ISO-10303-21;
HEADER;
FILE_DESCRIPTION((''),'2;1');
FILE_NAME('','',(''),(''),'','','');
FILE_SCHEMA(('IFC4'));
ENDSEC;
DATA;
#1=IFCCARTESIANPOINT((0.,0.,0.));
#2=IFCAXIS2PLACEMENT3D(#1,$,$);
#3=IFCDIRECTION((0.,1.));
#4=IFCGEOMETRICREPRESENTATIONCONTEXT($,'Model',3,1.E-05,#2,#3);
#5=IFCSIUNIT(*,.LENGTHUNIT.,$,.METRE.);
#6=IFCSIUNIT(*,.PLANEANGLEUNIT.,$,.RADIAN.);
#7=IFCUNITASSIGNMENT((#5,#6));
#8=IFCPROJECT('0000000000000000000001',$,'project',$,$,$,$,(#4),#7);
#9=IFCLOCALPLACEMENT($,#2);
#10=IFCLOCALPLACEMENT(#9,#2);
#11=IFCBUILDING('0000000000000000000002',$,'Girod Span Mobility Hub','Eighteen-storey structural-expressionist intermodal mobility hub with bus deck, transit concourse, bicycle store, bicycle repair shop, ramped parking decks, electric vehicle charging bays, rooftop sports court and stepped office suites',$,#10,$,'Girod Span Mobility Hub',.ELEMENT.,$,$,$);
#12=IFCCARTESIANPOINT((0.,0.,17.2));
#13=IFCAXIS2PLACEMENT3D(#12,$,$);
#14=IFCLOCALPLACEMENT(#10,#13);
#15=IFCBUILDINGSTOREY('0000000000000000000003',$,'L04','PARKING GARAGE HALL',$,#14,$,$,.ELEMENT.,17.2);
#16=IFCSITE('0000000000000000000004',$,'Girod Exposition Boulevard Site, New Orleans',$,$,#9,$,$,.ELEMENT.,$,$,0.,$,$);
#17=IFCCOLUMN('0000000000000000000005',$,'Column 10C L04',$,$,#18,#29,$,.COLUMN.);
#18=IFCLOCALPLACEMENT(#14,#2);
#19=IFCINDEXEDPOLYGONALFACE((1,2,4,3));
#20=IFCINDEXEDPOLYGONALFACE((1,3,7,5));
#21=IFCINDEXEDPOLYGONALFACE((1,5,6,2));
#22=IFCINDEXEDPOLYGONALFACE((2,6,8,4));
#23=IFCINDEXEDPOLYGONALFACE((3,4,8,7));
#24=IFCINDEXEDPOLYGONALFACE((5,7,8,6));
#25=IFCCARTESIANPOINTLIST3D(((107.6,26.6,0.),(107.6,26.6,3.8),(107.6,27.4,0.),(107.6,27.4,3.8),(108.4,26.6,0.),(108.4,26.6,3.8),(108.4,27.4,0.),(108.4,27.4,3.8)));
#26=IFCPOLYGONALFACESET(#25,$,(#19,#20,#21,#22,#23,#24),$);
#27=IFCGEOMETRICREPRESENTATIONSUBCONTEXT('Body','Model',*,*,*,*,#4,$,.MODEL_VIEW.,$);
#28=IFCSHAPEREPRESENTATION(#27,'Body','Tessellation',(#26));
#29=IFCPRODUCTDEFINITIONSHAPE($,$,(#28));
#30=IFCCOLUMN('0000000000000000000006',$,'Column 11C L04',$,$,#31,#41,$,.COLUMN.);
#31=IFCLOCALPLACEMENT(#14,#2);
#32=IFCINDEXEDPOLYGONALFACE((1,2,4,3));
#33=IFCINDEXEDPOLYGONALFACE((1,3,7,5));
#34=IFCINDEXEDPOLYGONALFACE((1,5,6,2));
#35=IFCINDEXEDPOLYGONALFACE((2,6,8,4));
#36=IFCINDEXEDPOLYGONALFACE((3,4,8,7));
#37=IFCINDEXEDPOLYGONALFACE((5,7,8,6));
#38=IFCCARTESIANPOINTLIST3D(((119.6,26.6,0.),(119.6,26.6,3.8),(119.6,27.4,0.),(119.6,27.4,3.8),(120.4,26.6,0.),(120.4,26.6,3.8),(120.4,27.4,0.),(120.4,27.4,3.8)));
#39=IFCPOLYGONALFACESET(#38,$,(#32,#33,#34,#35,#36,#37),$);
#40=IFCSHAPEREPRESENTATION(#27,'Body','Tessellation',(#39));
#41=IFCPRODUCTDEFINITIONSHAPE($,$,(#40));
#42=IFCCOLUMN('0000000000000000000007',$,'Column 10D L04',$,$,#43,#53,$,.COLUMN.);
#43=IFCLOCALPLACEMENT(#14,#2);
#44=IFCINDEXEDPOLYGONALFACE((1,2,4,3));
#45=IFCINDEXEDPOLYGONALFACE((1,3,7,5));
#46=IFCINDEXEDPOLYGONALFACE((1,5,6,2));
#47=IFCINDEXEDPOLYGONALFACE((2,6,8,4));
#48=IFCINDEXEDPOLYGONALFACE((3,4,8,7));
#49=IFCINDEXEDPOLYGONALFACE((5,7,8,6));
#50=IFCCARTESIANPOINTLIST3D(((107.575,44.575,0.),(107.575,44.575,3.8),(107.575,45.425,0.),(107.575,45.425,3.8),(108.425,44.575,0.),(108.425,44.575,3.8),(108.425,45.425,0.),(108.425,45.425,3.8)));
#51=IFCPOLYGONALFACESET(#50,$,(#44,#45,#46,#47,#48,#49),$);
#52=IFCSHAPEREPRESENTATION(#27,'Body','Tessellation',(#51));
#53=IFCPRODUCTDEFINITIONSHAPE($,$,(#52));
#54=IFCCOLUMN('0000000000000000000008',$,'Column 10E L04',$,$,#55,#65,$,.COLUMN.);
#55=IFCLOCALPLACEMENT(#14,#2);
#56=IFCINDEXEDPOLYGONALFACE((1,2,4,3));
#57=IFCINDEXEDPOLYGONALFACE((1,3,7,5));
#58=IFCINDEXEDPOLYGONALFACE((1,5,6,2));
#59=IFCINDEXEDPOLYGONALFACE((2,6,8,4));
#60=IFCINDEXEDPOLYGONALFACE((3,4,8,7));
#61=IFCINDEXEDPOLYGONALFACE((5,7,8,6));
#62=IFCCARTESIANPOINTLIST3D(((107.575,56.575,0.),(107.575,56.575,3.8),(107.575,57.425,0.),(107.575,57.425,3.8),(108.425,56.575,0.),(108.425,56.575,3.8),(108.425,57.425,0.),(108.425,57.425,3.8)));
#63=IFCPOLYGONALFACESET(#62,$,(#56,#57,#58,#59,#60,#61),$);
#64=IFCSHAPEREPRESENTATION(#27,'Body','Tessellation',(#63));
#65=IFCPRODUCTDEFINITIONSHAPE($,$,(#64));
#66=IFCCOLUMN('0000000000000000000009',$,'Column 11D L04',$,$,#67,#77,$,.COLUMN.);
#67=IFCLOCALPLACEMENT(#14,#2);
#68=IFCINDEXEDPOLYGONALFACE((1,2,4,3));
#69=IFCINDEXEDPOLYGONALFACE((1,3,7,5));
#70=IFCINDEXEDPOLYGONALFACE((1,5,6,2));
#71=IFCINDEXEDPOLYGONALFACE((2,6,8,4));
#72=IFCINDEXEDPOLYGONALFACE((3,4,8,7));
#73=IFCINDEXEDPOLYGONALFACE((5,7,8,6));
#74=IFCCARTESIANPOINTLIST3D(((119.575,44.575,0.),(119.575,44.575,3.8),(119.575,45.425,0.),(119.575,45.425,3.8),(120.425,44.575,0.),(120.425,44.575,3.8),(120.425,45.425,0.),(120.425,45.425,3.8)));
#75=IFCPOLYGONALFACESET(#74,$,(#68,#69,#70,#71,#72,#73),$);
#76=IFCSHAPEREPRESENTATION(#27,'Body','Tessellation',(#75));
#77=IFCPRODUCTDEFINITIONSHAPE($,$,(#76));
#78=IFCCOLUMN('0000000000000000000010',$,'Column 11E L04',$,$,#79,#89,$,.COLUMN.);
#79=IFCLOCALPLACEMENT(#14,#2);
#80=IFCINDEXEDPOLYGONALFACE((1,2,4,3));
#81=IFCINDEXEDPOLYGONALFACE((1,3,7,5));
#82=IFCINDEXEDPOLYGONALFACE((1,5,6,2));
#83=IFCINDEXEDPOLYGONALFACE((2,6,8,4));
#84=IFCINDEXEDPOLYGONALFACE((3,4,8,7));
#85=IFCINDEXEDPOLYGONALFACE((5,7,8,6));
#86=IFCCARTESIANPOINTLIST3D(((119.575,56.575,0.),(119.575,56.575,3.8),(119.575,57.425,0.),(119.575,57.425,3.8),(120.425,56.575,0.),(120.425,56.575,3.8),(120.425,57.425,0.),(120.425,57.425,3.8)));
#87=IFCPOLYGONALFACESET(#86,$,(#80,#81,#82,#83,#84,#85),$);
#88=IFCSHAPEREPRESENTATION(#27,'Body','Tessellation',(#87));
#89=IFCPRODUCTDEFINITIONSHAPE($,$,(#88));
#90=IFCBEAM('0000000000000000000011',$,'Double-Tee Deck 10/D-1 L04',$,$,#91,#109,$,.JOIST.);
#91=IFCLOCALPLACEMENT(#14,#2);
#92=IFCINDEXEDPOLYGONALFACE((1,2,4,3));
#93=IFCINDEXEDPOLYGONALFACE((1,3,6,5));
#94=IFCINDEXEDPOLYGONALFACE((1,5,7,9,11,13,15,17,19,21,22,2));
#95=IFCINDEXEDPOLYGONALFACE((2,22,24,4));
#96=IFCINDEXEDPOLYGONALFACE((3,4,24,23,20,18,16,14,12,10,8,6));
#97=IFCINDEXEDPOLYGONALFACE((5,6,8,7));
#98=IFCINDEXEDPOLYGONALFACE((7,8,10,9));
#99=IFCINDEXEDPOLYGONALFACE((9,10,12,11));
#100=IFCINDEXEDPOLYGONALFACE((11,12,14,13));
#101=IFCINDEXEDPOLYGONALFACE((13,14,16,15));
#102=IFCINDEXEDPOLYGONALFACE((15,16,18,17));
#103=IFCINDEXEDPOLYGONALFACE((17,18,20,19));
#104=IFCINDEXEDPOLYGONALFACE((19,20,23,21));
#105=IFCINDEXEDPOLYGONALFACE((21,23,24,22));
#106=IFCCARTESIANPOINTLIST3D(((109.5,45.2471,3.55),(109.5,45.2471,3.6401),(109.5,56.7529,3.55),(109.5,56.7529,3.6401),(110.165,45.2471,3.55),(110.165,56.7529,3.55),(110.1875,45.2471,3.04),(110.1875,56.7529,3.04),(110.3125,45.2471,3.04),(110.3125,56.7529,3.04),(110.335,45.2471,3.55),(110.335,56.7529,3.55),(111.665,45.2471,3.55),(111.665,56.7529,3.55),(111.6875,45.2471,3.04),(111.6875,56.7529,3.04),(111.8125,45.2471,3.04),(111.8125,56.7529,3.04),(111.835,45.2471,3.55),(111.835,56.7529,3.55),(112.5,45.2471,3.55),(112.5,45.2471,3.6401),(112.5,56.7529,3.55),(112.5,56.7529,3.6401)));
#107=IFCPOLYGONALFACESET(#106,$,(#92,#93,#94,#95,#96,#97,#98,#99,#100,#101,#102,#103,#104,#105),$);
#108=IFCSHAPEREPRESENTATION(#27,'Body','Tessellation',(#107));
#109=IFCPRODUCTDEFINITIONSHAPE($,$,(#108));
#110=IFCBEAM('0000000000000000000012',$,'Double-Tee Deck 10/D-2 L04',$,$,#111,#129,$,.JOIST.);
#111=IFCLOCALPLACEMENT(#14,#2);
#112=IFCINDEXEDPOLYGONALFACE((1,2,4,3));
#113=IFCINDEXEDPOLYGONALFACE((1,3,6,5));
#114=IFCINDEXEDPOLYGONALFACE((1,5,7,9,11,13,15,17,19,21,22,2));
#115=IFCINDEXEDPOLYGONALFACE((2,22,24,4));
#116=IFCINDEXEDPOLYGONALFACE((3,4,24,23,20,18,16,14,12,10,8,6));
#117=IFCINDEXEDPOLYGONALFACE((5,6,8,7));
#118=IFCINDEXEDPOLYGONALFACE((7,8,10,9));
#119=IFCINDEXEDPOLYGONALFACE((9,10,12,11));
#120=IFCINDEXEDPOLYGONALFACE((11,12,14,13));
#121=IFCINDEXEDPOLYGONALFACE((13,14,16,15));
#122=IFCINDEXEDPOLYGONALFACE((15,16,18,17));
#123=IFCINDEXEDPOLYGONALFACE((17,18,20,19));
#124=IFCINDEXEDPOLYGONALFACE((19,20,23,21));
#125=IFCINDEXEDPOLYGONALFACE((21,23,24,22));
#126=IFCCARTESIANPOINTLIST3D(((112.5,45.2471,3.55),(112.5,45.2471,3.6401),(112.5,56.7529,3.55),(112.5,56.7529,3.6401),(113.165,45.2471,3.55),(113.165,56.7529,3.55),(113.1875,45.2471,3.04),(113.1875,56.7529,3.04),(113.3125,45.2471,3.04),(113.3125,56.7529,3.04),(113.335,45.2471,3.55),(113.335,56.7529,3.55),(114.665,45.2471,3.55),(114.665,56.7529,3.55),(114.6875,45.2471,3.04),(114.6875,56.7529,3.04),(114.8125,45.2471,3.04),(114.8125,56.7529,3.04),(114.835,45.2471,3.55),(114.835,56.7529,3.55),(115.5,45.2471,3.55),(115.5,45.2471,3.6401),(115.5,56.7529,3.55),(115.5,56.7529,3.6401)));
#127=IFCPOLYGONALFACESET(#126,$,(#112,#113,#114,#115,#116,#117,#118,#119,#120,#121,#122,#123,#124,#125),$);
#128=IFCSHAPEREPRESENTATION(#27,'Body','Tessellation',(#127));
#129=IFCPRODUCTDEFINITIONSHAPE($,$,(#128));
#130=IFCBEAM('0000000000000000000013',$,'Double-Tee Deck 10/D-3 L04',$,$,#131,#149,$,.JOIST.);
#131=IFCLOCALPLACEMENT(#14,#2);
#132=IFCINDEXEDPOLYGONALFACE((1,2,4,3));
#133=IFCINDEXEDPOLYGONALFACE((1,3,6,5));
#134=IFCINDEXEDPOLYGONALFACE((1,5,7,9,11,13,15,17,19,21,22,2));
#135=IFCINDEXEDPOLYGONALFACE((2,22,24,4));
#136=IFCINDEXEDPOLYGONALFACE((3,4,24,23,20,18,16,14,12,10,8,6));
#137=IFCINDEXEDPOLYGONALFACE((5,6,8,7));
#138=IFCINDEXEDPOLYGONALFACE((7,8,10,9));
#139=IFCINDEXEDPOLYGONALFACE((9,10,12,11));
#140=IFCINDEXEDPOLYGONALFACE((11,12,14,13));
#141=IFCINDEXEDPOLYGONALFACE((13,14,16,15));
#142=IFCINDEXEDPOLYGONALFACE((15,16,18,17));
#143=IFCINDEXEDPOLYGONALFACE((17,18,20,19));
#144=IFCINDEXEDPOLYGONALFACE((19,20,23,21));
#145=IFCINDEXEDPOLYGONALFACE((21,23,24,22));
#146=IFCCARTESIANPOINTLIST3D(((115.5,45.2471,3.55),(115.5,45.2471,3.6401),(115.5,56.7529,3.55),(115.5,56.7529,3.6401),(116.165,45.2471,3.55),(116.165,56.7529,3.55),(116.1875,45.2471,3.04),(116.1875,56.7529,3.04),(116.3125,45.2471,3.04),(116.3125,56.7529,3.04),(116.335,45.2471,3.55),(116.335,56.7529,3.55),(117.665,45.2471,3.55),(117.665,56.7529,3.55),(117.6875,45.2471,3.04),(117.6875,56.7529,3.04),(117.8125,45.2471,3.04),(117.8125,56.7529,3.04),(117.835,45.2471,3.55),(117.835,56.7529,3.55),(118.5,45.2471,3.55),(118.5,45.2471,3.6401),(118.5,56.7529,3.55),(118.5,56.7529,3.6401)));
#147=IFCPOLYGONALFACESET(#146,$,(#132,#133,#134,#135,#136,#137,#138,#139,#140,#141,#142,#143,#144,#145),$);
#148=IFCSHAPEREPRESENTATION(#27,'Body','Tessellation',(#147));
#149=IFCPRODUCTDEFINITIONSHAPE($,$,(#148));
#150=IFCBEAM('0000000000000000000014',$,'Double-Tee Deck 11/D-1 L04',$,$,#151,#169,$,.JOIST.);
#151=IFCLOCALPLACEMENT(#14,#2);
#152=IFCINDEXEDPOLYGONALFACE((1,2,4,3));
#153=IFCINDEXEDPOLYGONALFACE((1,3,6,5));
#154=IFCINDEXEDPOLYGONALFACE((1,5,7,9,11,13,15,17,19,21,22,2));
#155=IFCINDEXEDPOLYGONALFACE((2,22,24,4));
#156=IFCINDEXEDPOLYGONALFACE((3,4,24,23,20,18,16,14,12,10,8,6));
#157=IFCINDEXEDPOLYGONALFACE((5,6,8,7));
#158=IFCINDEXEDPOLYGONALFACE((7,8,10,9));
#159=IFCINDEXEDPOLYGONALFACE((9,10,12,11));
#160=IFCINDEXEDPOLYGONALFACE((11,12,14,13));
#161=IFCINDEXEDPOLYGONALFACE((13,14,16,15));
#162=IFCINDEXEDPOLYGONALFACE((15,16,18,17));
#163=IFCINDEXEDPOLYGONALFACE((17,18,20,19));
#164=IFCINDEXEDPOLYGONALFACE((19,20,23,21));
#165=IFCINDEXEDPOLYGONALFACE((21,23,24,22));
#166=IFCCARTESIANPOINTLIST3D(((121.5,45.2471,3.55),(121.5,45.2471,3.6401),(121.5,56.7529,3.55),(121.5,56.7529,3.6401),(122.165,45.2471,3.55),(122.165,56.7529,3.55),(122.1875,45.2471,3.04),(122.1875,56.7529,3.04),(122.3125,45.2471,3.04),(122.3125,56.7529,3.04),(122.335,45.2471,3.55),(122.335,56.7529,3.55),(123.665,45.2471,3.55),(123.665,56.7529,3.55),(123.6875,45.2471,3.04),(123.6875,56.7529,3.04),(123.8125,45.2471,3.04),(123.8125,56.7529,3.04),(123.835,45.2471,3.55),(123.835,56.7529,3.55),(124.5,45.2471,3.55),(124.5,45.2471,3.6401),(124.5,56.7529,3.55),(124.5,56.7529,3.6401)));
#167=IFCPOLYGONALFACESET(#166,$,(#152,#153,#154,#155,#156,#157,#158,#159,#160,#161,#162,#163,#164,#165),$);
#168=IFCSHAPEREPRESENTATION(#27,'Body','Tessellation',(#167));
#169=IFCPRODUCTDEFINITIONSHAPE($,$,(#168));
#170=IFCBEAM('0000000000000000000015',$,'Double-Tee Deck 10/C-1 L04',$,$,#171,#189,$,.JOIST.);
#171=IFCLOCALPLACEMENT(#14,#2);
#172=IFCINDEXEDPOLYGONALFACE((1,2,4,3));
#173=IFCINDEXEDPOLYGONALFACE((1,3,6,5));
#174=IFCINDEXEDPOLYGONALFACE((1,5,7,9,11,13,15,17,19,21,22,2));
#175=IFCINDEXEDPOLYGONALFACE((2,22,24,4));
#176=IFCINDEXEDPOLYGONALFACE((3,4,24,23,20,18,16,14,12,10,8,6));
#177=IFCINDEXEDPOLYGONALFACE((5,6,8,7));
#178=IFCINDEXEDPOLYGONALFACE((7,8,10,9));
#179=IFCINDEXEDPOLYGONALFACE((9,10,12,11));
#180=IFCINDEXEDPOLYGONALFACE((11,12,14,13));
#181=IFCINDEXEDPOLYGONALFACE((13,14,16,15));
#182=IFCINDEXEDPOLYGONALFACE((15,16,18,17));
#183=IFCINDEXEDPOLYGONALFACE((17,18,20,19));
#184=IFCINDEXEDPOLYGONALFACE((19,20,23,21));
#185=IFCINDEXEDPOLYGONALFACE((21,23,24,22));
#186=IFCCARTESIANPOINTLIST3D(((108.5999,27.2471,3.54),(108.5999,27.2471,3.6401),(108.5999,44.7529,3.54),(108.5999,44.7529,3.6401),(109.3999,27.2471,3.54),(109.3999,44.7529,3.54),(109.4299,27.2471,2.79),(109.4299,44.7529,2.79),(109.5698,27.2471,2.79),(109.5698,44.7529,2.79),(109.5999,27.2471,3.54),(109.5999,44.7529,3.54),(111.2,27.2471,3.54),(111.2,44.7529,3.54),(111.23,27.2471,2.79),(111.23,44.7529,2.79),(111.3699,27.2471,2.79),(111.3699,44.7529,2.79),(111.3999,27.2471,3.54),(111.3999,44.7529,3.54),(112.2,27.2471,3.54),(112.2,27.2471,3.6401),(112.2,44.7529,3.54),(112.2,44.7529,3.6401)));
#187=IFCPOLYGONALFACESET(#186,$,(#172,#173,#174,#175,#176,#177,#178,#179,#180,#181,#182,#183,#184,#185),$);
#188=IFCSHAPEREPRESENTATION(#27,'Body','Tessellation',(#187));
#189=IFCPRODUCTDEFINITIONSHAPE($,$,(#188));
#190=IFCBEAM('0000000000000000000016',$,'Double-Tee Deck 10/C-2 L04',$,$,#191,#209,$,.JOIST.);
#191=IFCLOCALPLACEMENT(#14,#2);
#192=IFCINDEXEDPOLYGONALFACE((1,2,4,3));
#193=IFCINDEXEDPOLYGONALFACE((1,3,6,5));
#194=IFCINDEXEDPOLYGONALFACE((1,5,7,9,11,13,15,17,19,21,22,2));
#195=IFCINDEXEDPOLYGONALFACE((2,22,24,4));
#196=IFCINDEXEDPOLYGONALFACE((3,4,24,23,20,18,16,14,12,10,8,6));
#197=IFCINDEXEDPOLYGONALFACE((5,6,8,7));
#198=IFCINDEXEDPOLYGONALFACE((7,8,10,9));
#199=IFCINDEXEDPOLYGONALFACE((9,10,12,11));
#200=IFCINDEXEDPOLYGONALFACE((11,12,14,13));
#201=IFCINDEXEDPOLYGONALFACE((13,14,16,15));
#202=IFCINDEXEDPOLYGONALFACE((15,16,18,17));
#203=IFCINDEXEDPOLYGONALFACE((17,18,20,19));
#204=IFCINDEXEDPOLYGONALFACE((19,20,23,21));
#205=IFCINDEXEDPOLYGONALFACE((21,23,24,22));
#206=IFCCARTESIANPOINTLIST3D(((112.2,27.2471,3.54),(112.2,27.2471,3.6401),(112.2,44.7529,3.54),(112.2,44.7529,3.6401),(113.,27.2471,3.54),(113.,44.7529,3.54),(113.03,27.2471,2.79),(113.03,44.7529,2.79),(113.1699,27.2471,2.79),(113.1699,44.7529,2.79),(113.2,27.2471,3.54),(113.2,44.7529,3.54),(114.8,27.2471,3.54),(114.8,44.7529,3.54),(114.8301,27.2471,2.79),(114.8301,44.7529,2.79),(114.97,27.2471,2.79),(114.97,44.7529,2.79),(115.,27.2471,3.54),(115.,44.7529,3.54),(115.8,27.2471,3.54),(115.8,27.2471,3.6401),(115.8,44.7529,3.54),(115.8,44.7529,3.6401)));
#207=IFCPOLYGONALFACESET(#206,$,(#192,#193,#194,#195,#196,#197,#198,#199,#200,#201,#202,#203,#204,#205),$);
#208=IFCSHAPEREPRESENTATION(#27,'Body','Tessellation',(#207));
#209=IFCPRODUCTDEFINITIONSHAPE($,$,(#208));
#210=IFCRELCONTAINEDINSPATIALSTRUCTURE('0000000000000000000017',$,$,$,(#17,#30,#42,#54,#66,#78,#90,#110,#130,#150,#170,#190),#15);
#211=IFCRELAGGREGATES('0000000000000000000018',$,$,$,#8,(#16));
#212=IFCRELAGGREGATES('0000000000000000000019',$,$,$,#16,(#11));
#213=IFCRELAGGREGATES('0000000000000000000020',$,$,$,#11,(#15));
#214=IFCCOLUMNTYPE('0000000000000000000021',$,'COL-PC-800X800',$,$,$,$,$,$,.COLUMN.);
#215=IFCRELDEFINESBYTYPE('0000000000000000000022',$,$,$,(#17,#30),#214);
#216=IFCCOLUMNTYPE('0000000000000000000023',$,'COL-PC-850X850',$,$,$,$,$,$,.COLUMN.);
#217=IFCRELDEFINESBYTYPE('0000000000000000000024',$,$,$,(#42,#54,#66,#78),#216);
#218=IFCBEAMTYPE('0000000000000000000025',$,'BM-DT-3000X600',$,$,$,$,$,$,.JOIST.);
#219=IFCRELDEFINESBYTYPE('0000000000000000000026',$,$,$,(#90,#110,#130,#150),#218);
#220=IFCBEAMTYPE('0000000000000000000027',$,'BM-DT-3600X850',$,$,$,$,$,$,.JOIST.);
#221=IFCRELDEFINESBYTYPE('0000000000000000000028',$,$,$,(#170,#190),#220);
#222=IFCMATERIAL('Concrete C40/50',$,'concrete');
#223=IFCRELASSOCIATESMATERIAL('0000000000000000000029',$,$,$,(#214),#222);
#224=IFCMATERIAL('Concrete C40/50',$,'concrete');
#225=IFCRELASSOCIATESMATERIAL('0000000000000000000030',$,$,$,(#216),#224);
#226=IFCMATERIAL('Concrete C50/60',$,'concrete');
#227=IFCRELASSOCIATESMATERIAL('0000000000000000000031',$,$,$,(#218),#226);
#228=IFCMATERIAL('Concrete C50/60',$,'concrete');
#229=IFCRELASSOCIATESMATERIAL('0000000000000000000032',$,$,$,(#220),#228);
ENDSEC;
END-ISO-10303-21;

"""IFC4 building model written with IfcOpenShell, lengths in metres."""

from ifc_helpers import new_model, si_unit, direction, frame, origin, origin_2d, place, context, subcontext, project, spatial, polyline, rectangle, outline, extrude, material, material_profile, profile_set, type_object, element, save


model = new_model("IFC4")

# Units and contexts
model_context = context("Model", 3, precision=1e-05, world=origin(), true_north=direction((0.0, 1.0)))
body_context = subcontext(model_context, "Body", "Model", "MODEL_VIEW")
ifc_project = project(units=[si_unit("LENGTHUNIT", "METRE"), si_unit("PLANEANGLEUNIT", "RADIAN")], contexts=[model_context])

# Site, building, storey
site_placement = place(None, origin())
site = spatial("IfcSite", under=ifc_project, at=site_placement, Name="Girod Exposition Boulevard Site, New Orleans", CompositionType="ELEMENT", RefElevation=0.0)
building_placement = place(site_placement, origin())
building = spatial("IfcBuilding", under=site, at=building_placement, Name="Girod Span Mobility Hub", Description="Eighteen-storey structural-expressionist intermodal mobility hub with bus deck, transit concourse, bicycle store, bicycle repair shop, ramped parking decks, electric vehicle charging bays, rooftop sports court and stepped office suites", LongName="Girod Span Mobility Hub", CompositionType="ELEMENT")
storey_placement = place(building_placement, frame((0.0, 0.0, 17.2)))
storey = spatial("IfcBuildingStorey", under=building, at=storey_placement, Name="L04", Description="PARKING GARAGE HALL", CompositionType="ELEMENT", Elevation=17.2)

# Columns
ifc_material_1 = material(Name="Concrete C40/50", Category="concrete")
ifc_material_profile_1 = material_profile(ifc_material_1, rectangle(XDim=0.8, YDim=0.8, at=origin_2d()), Name="PC-COL-800X800")
ifc_profile_set_1 = profile_set([ifc_material_profile_1], Name="Concrete C40/50")
column_type_1 = type_object("IfcColumnType", Name="COL-PC-800X800", PredefinedType="COLUMN", material=ifc_profile_set_1)
for number, where, z_axis, x_axis, name in (
    (1, (108.0, 27.0, 0.0), (0.0, 0.0, 1.0), (1.0, 0.0, 0.0), "Column 10C L04"),
    (2, (120.0, 27.0, 0.0), (0.0, 0.0, 1.0), (1.0, 0.0, 0.0), "Column 11C L04"),
):
    element("IfcColumn", number, at=place(storey_placement, frame(where, z_axis=z_axis, x_axis=x_axis)), inside=storey, type_object=column_type_1, Name=name, PredefinedType="COLUMN", context=body_context, shape_type="SweptSolid", body=[
        extrude(rectangle(XDim=0.8, YDim=0.8, at=origin_2d()), origin(), (0.0, 0.0, 1.0), 3.8),
    ])
ifc_material_2 = material(Name="Concrete C40/50", Category="concrete")
ifc_material_profile_2 = material_profile(ifc_material_2, rectangle(XDim=0.8501, YDim=0.8501, at=origin_2d()), Name="PC-COL-850X850")
ifc_profile_set_2 = profile_set([ifc_material_profile_2], Name="Concrete C40/50")
column_type_2 = type_object("IfcColumnType", Name="COL-PC-850X850", PredefinedType="COLUMN", material=ifc_profile_set_2)
for number, where, z_axis, x_axis, name in (
    (3, (108.0, 45.0, 0.0), (0.0, 0.0, 1.0), (1.0, 0.0, 0.0), "Column 10D L04"),
    (4, (108.0, 57.0, 0.0), (0.0, 0.0, 1.0), (1.0, 0.0, 0.0), "Column 10E L04"),
    (5, (120.0, 45.0, 0.0), (0.0, 0.0, 1.0), (1.0, 0.0, 0.0), "Column 11D L04"),
    (6, (120.0, 57.0, 0.0), (0.0, 0.0, 1.0), (1.0, 0.0, 0.0), "Column 11E L04"),
):
    element("IfcColumn", number, at=place(storey_placement, frame(where, z_axis=z_axis, x_axis=x_axis)), inside=storey, type_object=column_type_2, Name=name, PredefinedType="COLUMN", context=body_context, shape_type="SweptSolid", body=[
        extrude(rectangle(XDim=0.8501, YDim=0.8501, at=origin_2d()), origin(), (0.0, 0.0, 1.0), 3.8),
    ])

# Beams
ifc_material_3 = material(Name="Concrete C50/60", Category="concrete")
ifc_material_profile_3 = material_profile(ifc_material_3, outline(polyline([(-1.5, 0.3), (-1.5, 0.21), (-0.835, 0.21), (-0.8125, -0.3), (-0.6875, -0.3), (-0.665, 0.21), (0.665, 0.21), (0.6875, -0.3), (0.8125, -0.3), (0.835, 0.21), (1.5, 0.21), (1.5, 0.3), (-1.5, 0.3)])), Name="DT-3000X600")
ifc_profile_set_3 = profile_set([ifc_material_profile_3], Name="Concrete C50/60")
beam_type_1 = type_object("IfcBeamType", Name="BM-DT-3000X600", PredefinedType="JOIST", material=ifc_profile_set_3)
for number, where, z_axis, x_axis, name in (
    (7, (111.0, 45.2471, 3.3401), (0.0, 1.0, 0.0), (-1.0, 0.0, 0.0), "Double-Tee Deck 10/D-1 L04"),
    (8, (114.0, 45.2471, 3.3401), (0.0, 1.0, 0.0), (-1.0, 0.0, 0.0), "Double-Tee Deck 10/D-2 L04"),
    (9, (117.0, 45.2471, 3.3401), (0.0, 1.0, 0.0), (-1.0, 0.0, 0.0), "Double-Tee Deck 10/D-3 L04"),
    (10, (123.0, 45.2471, 3.3401), (0.0, 1.0, 0.0), (-1.0, 0.0, 0.0), "Double-Tee Deck 11/D-1 L04"),
):
    element("IfcBeam", number, at=place(storey_placement, frame(where, z_axis=z_axis, x_axis=x_axis)), inside=storey, type_object=beam_type_1, Name=name, PredefinedType="JOIST", context=body_context, shape_type="SweptSolid", body=[
        extrude(outline(polyline([(-1.5, 0.3), (-1.5, 0.21), (-0.835, 0.21), (-0.8125, -0.3), (-0.6875, -0.3), (-0.665, 0.21), (0.665, 0.21), (0.6875, -0.3), (0.8125, -0.3), (0.835, 0.21), (1.5, 0.21), (1.5, 0.3), (-1.5, 0.3)])), origin(), (0.0, 0.0, 1.0), 11.5059),
    ])
ifc_material_4 = material(Name="Concrete C50/60", Category="concrete")
ifc_material_profile_4 = material_profile(ifc_material_4, outline(polyline([(-1.8, 0.425), (-1.8, 0.325), (-1.0, 0.325), (-0.97, -0.425), (-0.8301, -0.425), (-0.8, 0.325), (0.8, 0.325), (0.8301, -0.425), (0.97, -0.425), (1.0, 0.325), (1.8, 0.325), (1.8, 0.425), (-1.8, 0.425)])), Name="DT-3600X850")
ifc_profile_set_4 = profile_set([ifc_material_profile_4], Name="Concrete C50/60")
beam_type_2 = type_object("IfcBeamType", Name="BM-DT-3600X850", PredefinedType="JOIST", material=ifc_profile_set_4)
for number, where, z_axis, x_axis, name in (
    (11, (110.3999, 27.2471, 3.2151), (0.0, 1.0, 0.0), (-1.0, 0.0, 0.0), "Double-Tee Deck 10/C-1 L04"),
    (12, (114.0, 27.2471, 3.2151), (0.0, 1.0, 0.0), (-1.0, 0.0, 0.0), "Double-Tee Deck 10/C-2 L04"),
):
    element("IfcBeam", number, at=place(storey_placement, frame(where, z_axis=z_axis, x_axis=x_axis)), inside=storey, type_object=beam_type_2, Name=name, PredefinedType="JOIST", context=body_context, shape_type="SweptSolid", body=[
        extrude(outline(polyline([(-1.8, 0.425), (-1.8, 0.325), (-1.0, 0.325), (-0.97, -0.425), (-0.8301, -0.425), (-0.8, 0.325), (0.8, 0.325), (0.8301, -0.425), (0.97, -0.425), (1.0, 0.325), (1.8, 0.325), (1.8, 0.425), (-1.8, 0.425)])), origin(), (0.0, 0.0, 1.0), 17.5059),
    ])

save(model, "model.ifc")
